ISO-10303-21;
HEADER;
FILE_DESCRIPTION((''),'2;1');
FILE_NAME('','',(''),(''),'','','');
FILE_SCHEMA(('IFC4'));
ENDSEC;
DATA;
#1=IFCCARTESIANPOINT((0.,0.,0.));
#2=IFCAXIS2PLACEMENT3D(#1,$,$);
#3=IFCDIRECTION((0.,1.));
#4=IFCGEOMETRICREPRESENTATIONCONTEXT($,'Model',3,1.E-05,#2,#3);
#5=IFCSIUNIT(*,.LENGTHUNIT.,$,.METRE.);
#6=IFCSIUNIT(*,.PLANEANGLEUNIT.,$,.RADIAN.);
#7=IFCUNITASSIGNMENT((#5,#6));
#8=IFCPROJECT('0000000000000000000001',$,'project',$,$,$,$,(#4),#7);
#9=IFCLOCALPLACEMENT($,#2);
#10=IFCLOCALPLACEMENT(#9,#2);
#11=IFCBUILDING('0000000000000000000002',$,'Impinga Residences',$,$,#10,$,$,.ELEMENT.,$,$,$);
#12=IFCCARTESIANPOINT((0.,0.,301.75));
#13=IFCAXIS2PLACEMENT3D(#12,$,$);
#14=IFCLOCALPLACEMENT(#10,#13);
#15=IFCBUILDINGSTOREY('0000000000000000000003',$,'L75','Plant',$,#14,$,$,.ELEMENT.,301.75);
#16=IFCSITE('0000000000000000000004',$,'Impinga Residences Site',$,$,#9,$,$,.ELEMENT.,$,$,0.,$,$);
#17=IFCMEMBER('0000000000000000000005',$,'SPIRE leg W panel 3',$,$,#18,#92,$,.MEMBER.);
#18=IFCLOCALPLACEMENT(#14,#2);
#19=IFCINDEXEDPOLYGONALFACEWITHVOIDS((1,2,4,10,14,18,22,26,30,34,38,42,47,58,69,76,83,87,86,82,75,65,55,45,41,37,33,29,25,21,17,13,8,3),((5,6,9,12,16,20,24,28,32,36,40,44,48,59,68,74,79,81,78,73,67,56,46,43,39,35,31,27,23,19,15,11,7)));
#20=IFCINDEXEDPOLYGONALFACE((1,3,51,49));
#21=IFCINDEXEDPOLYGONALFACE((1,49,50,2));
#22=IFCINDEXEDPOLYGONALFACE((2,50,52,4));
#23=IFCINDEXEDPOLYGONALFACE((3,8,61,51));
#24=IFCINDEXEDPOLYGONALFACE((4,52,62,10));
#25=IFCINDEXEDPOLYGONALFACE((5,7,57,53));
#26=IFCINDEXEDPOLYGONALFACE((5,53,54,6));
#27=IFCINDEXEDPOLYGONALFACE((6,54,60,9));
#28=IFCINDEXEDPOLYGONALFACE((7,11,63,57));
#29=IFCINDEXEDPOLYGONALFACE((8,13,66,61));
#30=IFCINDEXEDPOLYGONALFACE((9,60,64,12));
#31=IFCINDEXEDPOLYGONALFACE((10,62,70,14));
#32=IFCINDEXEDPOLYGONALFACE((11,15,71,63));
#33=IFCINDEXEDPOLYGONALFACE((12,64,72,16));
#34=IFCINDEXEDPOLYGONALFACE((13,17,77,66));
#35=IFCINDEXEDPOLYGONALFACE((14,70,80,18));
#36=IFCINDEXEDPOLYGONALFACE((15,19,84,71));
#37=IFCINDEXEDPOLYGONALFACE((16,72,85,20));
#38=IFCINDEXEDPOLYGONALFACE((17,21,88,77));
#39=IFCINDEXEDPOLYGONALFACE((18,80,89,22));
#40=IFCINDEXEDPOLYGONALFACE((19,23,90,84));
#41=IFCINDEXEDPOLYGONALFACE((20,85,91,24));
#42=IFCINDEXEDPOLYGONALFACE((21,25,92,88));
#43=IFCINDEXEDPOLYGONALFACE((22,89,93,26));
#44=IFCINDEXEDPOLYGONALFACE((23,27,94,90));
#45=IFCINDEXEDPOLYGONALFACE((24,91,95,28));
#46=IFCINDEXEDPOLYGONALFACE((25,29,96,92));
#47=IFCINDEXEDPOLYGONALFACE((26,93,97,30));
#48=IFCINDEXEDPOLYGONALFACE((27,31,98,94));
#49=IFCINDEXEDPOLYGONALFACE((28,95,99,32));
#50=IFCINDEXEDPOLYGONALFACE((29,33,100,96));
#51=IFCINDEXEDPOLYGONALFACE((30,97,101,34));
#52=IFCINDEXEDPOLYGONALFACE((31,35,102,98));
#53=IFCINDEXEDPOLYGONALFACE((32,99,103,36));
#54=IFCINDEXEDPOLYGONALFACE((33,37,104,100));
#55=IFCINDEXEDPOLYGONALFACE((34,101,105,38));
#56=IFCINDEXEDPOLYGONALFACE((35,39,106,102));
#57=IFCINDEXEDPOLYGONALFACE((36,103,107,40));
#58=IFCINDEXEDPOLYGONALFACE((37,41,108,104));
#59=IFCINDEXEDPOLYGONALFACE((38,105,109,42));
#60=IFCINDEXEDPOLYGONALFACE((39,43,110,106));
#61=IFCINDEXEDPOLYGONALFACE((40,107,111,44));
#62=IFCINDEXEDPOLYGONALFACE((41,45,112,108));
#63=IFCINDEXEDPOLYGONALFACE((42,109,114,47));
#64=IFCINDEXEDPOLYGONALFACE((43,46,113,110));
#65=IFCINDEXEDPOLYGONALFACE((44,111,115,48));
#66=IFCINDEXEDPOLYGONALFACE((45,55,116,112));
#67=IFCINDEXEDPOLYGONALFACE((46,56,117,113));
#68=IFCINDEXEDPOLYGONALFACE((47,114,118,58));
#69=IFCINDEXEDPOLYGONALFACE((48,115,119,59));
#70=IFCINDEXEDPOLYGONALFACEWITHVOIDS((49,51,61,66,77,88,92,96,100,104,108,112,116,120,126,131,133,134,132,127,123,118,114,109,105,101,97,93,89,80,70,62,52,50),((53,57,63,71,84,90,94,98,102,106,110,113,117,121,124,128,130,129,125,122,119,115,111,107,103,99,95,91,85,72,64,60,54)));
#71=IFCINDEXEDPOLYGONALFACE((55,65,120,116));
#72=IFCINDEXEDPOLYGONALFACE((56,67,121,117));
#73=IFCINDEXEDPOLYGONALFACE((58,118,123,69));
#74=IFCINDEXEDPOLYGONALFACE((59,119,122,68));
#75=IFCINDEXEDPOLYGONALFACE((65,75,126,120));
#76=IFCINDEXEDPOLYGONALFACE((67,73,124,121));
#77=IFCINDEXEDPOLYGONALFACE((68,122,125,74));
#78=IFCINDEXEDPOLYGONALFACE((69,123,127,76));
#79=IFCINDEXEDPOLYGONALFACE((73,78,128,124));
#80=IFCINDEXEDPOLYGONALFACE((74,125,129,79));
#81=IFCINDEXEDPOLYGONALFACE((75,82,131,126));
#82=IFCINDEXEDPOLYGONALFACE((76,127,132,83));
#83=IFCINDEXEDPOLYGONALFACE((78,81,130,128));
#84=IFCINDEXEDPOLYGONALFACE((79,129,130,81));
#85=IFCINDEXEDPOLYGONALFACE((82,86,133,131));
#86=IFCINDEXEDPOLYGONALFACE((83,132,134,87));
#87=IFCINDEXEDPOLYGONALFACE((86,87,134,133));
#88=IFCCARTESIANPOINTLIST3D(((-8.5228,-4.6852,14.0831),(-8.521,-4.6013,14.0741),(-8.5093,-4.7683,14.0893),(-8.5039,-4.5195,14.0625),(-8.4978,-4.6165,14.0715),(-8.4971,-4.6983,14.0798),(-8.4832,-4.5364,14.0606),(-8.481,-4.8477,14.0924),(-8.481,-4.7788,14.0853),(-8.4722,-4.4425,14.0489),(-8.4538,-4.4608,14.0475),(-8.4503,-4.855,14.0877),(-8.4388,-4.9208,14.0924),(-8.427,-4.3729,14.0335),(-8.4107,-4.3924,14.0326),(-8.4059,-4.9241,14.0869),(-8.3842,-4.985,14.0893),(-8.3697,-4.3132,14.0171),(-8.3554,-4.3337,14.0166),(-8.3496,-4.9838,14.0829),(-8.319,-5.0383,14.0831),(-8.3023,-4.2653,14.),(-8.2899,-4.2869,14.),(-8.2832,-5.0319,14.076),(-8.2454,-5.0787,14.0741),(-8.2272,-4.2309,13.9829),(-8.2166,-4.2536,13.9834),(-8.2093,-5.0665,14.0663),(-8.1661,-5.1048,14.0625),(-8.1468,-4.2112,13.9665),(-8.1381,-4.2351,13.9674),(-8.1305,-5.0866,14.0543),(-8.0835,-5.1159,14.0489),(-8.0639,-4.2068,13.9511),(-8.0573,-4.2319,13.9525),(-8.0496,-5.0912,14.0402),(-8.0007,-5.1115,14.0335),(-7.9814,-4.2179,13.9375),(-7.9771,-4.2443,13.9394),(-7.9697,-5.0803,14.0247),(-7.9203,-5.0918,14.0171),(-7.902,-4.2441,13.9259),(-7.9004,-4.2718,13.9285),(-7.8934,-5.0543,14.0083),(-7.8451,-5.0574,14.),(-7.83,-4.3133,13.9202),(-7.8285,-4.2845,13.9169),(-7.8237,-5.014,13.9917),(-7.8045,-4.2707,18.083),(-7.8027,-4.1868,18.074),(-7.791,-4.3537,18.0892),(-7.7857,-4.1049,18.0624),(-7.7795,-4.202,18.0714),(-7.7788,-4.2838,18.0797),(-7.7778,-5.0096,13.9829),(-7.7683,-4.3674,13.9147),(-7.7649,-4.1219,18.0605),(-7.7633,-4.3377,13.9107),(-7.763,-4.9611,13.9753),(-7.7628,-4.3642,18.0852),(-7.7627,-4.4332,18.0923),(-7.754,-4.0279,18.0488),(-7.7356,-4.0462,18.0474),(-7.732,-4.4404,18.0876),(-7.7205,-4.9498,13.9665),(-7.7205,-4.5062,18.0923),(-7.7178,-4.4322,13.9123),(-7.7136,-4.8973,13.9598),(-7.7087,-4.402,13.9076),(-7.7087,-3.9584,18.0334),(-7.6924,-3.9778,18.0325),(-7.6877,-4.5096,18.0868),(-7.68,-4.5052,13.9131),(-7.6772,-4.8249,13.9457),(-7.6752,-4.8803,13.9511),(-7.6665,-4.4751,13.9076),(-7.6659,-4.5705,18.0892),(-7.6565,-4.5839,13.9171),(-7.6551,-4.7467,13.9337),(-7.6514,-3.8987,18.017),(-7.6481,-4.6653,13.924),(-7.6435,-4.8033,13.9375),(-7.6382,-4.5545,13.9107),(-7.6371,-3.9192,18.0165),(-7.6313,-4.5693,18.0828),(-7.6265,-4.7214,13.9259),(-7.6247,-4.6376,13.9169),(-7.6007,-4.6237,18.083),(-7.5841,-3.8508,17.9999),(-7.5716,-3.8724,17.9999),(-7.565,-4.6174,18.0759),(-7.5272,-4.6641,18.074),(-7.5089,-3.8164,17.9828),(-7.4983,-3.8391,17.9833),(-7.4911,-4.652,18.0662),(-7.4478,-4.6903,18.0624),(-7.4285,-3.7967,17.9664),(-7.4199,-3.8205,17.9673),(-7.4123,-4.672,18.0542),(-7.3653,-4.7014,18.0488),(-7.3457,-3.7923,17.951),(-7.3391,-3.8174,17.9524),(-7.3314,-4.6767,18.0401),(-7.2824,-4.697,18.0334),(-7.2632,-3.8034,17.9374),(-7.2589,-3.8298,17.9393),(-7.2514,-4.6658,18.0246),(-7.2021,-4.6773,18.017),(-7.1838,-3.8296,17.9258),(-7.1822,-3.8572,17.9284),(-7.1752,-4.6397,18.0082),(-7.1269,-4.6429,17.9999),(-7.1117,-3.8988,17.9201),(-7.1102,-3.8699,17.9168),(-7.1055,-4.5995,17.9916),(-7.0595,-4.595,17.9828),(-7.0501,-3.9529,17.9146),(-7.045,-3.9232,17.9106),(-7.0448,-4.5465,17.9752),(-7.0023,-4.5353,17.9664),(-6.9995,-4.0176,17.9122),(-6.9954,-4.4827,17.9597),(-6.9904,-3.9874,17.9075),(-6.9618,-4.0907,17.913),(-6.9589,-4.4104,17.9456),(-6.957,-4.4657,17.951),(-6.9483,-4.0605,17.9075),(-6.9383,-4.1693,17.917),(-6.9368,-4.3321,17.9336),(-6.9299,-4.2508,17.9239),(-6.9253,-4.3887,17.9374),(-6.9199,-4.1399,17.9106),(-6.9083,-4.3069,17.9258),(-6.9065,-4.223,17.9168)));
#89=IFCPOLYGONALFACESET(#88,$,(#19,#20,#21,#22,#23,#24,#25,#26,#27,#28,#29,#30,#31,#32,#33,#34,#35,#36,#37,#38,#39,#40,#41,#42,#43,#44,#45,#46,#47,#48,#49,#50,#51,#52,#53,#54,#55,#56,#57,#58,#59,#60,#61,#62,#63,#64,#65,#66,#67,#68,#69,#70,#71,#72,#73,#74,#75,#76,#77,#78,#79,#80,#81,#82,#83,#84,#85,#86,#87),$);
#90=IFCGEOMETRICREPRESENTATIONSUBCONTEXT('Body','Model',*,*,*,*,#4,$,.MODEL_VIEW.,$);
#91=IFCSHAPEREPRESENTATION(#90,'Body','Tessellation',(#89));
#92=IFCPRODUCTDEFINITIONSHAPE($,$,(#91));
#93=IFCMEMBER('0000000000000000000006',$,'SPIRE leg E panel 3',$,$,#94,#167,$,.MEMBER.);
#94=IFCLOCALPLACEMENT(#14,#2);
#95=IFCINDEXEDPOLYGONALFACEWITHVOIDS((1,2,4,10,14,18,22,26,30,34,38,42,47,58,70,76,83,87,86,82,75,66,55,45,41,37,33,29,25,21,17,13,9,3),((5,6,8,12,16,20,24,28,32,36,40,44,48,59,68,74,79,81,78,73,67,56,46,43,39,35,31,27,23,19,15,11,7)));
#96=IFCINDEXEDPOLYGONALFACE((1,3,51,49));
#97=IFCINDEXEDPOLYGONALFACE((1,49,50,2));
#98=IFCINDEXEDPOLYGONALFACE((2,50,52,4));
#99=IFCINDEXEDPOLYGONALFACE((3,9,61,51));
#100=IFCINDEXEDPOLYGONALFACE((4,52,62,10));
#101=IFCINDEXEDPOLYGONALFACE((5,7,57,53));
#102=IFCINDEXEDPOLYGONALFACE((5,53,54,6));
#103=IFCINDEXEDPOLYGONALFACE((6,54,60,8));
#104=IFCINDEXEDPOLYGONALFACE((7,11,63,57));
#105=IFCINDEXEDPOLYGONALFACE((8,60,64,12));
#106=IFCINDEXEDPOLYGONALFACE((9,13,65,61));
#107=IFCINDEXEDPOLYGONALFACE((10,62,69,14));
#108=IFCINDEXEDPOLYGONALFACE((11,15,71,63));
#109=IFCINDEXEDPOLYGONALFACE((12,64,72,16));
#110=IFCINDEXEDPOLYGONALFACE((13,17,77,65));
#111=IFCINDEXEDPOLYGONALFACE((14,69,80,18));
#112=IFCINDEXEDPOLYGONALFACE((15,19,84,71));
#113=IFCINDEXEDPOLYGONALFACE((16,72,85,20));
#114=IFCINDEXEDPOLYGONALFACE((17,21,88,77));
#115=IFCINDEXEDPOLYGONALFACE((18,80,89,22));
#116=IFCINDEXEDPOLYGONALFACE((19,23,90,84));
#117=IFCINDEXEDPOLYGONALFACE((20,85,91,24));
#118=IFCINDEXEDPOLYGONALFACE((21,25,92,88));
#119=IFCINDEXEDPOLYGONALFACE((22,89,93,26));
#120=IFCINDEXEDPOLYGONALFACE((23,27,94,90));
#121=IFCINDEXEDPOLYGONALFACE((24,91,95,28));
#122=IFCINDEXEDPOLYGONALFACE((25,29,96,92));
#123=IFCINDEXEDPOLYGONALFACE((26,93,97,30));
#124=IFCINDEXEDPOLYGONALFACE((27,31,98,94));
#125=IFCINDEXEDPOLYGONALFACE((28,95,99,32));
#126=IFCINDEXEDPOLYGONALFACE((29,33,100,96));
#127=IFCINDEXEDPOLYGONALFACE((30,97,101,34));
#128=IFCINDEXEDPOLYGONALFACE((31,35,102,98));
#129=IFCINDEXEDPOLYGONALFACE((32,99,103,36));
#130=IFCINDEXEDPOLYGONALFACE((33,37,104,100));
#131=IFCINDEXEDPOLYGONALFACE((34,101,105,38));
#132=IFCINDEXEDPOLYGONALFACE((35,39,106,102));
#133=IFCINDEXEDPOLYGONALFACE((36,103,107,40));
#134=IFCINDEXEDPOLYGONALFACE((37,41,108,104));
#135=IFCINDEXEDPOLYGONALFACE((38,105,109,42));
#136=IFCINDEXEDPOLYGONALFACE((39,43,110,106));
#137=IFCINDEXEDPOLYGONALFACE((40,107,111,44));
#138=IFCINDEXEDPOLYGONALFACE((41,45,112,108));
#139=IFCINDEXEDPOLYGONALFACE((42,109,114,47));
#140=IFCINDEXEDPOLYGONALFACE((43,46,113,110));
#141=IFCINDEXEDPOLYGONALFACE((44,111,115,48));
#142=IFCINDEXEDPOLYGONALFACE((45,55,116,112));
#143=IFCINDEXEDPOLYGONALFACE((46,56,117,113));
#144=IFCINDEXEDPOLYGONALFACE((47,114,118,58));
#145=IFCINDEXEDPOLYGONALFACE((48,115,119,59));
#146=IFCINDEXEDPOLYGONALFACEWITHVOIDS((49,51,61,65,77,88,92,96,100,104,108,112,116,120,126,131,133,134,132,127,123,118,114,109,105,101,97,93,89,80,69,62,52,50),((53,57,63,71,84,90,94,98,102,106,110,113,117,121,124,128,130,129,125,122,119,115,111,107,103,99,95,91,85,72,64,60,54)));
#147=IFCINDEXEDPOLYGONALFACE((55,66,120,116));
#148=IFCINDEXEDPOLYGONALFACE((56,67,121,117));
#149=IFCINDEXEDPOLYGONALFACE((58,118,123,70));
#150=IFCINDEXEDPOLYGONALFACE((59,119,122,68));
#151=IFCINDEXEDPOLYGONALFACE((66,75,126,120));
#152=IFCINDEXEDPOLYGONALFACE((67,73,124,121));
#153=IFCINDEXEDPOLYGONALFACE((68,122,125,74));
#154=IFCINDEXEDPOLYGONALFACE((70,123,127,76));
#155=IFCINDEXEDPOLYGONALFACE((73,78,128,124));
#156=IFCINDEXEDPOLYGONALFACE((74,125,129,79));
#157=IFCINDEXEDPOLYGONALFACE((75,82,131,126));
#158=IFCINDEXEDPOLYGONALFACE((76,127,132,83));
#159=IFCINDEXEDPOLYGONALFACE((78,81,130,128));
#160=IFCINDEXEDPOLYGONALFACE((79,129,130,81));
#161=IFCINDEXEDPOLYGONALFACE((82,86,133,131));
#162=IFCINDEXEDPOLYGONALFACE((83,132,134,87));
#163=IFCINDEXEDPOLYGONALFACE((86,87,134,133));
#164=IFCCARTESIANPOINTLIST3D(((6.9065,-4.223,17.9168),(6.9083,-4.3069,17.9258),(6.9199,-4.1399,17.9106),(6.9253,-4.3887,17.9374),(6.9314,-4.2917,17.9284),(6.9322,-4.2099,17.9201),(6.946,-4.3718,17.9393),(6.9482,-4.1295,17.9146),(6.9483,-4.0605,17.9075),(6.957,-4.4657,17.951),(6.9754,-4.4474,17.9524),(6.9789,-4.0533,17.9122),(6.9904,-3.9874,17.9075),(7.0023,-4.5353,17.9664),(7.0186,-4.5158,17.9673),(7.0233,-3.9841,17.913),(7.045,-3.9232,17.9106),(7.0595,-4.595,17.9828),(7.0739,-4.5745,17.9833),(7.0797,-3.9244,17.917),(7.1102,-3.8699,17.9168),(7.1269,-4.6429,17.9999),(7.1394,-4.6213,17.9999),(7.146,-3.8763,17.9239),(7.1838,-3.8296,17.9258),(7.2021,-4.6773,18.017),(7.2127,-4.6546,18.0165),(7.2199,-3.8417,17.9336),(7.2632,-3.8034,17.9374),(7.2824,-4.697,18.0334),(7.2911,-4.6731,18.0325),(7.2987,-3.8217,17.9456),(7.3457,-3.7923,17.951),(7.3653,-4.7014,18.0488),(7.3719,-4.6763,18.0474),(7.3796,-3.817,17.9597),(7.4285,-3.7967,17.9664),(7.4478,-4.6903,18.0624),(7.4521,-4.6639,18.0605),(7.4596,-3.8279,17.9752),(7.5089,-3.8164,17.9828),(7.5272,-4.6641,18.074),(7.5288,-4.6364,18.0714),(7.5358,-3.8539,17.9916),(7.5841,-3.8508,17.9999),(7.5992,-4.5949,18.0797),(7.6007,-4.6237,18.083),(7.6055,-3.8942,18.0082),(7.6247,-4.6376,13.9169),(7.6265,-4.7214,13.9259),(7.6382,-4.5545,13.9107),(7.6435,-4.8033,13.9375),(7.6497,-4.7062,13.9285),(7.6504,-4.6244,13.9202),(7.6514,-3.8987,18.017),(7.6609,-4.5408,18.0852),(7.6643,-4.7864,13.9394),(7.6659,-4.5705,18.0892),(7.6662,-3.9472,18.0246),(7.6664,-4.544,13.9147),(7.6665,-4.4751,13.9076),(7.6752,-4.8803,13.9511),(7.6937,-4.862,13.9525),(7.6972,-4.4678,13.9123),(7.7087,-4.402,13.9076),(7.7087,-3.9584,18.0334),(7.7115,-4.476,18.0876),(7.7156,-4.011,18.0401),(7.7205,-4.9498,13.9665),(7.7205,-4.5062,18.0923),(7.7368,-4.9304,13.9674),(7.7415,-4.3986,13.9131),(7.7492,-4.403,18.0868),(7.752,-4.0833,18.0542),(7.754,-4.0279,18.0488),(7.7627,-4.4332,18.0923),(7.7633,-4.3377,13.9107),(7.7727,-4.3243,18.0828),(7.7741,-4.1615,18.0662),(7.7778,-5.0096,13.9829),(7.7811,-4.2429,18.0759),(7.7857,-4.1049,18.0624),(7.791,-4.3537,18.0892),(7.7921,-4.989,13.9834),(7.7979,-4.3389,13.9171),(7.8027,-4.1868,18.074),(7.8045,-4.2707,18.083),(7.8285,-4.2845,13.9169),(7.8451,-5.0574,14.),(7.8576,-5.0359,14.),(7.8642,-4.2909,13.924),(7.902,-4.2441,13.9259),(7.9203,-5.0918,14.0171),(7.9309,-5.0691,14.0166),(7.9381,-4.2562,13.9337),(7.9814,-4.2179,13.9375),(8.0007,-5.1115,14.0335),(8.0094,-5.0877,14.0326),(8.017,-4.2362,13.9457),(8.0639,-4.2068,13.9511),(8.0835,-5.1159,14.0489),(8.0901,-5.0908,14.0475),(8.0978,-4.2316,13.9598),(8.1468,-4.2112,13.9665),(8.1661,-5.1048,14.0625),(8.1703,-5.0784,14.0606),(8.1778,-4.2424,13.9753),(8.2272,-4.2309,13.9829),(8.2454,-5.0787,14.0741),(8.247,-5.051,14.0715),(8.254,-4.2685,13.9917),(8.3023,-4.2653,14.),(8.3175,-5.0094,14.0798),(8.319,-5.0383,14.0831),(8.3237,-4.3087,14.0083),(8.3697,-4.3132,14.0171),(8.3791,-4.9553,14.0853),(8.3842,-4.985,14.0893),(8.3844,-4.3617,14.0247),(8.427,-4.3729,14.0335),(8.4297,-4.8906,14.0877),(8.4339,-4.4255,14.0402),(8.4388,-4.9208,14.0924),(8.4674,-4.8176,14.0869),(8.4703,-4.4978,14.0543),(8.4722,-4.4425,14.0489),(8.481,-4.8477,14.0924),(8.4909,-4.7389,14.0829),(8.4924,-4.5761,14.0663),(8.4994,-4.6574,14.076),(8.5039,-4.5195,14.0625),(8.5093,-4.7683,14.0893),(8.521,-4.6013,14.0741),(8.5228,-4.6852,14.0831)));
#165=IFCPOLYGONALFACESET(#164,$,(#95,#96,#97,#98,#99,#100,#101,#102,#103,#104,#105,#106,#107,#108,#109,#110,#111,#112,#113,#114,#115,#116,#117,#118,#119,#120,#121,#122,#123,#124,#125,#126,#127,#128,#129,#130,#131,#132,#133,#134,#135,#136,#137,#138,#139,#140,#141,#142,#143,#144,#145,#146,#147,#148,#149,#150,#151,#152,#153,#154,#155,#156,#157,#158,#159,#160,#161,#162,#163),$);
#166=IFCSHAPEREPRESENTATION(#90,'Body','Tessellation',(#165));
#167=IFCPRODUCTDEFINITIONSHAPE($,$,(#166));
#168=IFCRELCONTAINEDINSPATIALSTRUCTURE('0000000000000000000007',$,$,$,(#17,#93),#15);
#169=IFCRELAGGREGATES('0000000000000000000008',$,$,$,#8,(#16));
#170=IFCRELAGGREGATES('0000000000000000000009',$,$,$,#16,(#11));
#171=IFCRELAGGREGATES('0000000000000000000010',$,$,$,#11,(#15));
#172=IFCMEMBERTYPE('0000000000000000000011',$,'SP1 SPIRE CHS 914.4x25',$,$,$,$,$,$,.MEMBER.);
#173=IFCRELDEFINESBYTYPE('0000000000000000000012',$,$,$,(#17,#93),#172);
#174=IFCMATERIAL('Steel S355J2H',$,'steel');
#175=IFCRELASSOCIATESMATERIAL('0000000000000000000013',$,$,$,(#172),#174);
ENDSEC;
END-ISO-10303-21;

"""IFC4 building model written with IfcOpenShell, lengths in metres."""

from ifc_helpers import new_model, si_unit, direction, frame, origin, origin_2d, place, context, subcontext, project, spatial, hollow_circle, extrude, material, material_profile, profile_set, type_object, element, save


model = new_model("IFC4")

# Units and contexts
model_context = context("Model", 3, precision=1e-05, world=origin(), true_north=direction((0.0, 1.0)))
body_context = subcontext(model_context, "Body", "Model", "MODEL_VIEW")
ifc_project = project(units=[si_unit("LENGTHUNIT", "METRE"), si_unit("PLANEANGLEUNIT", "RADIAN")], contexts=[model_context])

# Site, building, storey
site_placement = place(None, origin())
site = spatial("IfcSite", under=ifc_project, at=site_placement, Name="Impinga Residences Site", CompositionType="ELEMENT", RefElevation=0.0)
building_placement = place(site_placement, origin())
building = spatial("IfcBuilding", under=site, at=building_placement, Name="Impinga Residences", CompositionType="ELEMENT")
storey_placement = place(building_placement, frame((0.0, 0.0, 301.75)))
storey = spatial("IfcBuildingStorey", under=building, at=storey_placement, Name="L75", Description="Plant", CompositionType="ELEMENT", Elevation=301.75)

# Members
ifc_material = material(Name="Steel S355J2H", Category="steel")
ifc_material_profile_1 = material_profile(ifc_material, hollow_circle(Radius=0.4573, WallThickness=0.0249, at=origin_2d()), Name="CHS 914.4x25")
ifc_profile_set_1 = profile_set([ifc_material_profile_1], Name="Steel S355J2H")
member_type_1 = type_object("IfcMemberType", Name="SP1 SPIRE CHS 914.4x25", PredefinedType="MEMBER", material=ifc_profile_set_1)
for number, where, z_axis, x_axis, name in (
    (1, (-8.0737, -4.6614, 14.0), (0.175826, 0.10148, 0.979177), (-0.499875, 0.866097, 0.0), "SPIRE leg W panel 3"),
    (2, (8.0737, -4.6614, 14.0), (-0.175826, 0.10148, 0.979177), (-0.499875, -0.866097, 0.0), "SPIRE leg E panel 3"),
):
    element("IfcMember", number, at=place(storey_placement, frame(where, z_axis=z_axis, x_axis=x_axis)), inside=storey, type_object=member_type_1, Name=name, PredefinedType="MEMBER", context=body_context, shape_type="SweptSolid", body=[
        extrude(hollow_circle(Radius=0.4573, WallThickness=0.0249, at=origin_2d()), origin(), (0.0, 0.0, 1.0), 4.085),
    ])

save(model, "model.ifc")
